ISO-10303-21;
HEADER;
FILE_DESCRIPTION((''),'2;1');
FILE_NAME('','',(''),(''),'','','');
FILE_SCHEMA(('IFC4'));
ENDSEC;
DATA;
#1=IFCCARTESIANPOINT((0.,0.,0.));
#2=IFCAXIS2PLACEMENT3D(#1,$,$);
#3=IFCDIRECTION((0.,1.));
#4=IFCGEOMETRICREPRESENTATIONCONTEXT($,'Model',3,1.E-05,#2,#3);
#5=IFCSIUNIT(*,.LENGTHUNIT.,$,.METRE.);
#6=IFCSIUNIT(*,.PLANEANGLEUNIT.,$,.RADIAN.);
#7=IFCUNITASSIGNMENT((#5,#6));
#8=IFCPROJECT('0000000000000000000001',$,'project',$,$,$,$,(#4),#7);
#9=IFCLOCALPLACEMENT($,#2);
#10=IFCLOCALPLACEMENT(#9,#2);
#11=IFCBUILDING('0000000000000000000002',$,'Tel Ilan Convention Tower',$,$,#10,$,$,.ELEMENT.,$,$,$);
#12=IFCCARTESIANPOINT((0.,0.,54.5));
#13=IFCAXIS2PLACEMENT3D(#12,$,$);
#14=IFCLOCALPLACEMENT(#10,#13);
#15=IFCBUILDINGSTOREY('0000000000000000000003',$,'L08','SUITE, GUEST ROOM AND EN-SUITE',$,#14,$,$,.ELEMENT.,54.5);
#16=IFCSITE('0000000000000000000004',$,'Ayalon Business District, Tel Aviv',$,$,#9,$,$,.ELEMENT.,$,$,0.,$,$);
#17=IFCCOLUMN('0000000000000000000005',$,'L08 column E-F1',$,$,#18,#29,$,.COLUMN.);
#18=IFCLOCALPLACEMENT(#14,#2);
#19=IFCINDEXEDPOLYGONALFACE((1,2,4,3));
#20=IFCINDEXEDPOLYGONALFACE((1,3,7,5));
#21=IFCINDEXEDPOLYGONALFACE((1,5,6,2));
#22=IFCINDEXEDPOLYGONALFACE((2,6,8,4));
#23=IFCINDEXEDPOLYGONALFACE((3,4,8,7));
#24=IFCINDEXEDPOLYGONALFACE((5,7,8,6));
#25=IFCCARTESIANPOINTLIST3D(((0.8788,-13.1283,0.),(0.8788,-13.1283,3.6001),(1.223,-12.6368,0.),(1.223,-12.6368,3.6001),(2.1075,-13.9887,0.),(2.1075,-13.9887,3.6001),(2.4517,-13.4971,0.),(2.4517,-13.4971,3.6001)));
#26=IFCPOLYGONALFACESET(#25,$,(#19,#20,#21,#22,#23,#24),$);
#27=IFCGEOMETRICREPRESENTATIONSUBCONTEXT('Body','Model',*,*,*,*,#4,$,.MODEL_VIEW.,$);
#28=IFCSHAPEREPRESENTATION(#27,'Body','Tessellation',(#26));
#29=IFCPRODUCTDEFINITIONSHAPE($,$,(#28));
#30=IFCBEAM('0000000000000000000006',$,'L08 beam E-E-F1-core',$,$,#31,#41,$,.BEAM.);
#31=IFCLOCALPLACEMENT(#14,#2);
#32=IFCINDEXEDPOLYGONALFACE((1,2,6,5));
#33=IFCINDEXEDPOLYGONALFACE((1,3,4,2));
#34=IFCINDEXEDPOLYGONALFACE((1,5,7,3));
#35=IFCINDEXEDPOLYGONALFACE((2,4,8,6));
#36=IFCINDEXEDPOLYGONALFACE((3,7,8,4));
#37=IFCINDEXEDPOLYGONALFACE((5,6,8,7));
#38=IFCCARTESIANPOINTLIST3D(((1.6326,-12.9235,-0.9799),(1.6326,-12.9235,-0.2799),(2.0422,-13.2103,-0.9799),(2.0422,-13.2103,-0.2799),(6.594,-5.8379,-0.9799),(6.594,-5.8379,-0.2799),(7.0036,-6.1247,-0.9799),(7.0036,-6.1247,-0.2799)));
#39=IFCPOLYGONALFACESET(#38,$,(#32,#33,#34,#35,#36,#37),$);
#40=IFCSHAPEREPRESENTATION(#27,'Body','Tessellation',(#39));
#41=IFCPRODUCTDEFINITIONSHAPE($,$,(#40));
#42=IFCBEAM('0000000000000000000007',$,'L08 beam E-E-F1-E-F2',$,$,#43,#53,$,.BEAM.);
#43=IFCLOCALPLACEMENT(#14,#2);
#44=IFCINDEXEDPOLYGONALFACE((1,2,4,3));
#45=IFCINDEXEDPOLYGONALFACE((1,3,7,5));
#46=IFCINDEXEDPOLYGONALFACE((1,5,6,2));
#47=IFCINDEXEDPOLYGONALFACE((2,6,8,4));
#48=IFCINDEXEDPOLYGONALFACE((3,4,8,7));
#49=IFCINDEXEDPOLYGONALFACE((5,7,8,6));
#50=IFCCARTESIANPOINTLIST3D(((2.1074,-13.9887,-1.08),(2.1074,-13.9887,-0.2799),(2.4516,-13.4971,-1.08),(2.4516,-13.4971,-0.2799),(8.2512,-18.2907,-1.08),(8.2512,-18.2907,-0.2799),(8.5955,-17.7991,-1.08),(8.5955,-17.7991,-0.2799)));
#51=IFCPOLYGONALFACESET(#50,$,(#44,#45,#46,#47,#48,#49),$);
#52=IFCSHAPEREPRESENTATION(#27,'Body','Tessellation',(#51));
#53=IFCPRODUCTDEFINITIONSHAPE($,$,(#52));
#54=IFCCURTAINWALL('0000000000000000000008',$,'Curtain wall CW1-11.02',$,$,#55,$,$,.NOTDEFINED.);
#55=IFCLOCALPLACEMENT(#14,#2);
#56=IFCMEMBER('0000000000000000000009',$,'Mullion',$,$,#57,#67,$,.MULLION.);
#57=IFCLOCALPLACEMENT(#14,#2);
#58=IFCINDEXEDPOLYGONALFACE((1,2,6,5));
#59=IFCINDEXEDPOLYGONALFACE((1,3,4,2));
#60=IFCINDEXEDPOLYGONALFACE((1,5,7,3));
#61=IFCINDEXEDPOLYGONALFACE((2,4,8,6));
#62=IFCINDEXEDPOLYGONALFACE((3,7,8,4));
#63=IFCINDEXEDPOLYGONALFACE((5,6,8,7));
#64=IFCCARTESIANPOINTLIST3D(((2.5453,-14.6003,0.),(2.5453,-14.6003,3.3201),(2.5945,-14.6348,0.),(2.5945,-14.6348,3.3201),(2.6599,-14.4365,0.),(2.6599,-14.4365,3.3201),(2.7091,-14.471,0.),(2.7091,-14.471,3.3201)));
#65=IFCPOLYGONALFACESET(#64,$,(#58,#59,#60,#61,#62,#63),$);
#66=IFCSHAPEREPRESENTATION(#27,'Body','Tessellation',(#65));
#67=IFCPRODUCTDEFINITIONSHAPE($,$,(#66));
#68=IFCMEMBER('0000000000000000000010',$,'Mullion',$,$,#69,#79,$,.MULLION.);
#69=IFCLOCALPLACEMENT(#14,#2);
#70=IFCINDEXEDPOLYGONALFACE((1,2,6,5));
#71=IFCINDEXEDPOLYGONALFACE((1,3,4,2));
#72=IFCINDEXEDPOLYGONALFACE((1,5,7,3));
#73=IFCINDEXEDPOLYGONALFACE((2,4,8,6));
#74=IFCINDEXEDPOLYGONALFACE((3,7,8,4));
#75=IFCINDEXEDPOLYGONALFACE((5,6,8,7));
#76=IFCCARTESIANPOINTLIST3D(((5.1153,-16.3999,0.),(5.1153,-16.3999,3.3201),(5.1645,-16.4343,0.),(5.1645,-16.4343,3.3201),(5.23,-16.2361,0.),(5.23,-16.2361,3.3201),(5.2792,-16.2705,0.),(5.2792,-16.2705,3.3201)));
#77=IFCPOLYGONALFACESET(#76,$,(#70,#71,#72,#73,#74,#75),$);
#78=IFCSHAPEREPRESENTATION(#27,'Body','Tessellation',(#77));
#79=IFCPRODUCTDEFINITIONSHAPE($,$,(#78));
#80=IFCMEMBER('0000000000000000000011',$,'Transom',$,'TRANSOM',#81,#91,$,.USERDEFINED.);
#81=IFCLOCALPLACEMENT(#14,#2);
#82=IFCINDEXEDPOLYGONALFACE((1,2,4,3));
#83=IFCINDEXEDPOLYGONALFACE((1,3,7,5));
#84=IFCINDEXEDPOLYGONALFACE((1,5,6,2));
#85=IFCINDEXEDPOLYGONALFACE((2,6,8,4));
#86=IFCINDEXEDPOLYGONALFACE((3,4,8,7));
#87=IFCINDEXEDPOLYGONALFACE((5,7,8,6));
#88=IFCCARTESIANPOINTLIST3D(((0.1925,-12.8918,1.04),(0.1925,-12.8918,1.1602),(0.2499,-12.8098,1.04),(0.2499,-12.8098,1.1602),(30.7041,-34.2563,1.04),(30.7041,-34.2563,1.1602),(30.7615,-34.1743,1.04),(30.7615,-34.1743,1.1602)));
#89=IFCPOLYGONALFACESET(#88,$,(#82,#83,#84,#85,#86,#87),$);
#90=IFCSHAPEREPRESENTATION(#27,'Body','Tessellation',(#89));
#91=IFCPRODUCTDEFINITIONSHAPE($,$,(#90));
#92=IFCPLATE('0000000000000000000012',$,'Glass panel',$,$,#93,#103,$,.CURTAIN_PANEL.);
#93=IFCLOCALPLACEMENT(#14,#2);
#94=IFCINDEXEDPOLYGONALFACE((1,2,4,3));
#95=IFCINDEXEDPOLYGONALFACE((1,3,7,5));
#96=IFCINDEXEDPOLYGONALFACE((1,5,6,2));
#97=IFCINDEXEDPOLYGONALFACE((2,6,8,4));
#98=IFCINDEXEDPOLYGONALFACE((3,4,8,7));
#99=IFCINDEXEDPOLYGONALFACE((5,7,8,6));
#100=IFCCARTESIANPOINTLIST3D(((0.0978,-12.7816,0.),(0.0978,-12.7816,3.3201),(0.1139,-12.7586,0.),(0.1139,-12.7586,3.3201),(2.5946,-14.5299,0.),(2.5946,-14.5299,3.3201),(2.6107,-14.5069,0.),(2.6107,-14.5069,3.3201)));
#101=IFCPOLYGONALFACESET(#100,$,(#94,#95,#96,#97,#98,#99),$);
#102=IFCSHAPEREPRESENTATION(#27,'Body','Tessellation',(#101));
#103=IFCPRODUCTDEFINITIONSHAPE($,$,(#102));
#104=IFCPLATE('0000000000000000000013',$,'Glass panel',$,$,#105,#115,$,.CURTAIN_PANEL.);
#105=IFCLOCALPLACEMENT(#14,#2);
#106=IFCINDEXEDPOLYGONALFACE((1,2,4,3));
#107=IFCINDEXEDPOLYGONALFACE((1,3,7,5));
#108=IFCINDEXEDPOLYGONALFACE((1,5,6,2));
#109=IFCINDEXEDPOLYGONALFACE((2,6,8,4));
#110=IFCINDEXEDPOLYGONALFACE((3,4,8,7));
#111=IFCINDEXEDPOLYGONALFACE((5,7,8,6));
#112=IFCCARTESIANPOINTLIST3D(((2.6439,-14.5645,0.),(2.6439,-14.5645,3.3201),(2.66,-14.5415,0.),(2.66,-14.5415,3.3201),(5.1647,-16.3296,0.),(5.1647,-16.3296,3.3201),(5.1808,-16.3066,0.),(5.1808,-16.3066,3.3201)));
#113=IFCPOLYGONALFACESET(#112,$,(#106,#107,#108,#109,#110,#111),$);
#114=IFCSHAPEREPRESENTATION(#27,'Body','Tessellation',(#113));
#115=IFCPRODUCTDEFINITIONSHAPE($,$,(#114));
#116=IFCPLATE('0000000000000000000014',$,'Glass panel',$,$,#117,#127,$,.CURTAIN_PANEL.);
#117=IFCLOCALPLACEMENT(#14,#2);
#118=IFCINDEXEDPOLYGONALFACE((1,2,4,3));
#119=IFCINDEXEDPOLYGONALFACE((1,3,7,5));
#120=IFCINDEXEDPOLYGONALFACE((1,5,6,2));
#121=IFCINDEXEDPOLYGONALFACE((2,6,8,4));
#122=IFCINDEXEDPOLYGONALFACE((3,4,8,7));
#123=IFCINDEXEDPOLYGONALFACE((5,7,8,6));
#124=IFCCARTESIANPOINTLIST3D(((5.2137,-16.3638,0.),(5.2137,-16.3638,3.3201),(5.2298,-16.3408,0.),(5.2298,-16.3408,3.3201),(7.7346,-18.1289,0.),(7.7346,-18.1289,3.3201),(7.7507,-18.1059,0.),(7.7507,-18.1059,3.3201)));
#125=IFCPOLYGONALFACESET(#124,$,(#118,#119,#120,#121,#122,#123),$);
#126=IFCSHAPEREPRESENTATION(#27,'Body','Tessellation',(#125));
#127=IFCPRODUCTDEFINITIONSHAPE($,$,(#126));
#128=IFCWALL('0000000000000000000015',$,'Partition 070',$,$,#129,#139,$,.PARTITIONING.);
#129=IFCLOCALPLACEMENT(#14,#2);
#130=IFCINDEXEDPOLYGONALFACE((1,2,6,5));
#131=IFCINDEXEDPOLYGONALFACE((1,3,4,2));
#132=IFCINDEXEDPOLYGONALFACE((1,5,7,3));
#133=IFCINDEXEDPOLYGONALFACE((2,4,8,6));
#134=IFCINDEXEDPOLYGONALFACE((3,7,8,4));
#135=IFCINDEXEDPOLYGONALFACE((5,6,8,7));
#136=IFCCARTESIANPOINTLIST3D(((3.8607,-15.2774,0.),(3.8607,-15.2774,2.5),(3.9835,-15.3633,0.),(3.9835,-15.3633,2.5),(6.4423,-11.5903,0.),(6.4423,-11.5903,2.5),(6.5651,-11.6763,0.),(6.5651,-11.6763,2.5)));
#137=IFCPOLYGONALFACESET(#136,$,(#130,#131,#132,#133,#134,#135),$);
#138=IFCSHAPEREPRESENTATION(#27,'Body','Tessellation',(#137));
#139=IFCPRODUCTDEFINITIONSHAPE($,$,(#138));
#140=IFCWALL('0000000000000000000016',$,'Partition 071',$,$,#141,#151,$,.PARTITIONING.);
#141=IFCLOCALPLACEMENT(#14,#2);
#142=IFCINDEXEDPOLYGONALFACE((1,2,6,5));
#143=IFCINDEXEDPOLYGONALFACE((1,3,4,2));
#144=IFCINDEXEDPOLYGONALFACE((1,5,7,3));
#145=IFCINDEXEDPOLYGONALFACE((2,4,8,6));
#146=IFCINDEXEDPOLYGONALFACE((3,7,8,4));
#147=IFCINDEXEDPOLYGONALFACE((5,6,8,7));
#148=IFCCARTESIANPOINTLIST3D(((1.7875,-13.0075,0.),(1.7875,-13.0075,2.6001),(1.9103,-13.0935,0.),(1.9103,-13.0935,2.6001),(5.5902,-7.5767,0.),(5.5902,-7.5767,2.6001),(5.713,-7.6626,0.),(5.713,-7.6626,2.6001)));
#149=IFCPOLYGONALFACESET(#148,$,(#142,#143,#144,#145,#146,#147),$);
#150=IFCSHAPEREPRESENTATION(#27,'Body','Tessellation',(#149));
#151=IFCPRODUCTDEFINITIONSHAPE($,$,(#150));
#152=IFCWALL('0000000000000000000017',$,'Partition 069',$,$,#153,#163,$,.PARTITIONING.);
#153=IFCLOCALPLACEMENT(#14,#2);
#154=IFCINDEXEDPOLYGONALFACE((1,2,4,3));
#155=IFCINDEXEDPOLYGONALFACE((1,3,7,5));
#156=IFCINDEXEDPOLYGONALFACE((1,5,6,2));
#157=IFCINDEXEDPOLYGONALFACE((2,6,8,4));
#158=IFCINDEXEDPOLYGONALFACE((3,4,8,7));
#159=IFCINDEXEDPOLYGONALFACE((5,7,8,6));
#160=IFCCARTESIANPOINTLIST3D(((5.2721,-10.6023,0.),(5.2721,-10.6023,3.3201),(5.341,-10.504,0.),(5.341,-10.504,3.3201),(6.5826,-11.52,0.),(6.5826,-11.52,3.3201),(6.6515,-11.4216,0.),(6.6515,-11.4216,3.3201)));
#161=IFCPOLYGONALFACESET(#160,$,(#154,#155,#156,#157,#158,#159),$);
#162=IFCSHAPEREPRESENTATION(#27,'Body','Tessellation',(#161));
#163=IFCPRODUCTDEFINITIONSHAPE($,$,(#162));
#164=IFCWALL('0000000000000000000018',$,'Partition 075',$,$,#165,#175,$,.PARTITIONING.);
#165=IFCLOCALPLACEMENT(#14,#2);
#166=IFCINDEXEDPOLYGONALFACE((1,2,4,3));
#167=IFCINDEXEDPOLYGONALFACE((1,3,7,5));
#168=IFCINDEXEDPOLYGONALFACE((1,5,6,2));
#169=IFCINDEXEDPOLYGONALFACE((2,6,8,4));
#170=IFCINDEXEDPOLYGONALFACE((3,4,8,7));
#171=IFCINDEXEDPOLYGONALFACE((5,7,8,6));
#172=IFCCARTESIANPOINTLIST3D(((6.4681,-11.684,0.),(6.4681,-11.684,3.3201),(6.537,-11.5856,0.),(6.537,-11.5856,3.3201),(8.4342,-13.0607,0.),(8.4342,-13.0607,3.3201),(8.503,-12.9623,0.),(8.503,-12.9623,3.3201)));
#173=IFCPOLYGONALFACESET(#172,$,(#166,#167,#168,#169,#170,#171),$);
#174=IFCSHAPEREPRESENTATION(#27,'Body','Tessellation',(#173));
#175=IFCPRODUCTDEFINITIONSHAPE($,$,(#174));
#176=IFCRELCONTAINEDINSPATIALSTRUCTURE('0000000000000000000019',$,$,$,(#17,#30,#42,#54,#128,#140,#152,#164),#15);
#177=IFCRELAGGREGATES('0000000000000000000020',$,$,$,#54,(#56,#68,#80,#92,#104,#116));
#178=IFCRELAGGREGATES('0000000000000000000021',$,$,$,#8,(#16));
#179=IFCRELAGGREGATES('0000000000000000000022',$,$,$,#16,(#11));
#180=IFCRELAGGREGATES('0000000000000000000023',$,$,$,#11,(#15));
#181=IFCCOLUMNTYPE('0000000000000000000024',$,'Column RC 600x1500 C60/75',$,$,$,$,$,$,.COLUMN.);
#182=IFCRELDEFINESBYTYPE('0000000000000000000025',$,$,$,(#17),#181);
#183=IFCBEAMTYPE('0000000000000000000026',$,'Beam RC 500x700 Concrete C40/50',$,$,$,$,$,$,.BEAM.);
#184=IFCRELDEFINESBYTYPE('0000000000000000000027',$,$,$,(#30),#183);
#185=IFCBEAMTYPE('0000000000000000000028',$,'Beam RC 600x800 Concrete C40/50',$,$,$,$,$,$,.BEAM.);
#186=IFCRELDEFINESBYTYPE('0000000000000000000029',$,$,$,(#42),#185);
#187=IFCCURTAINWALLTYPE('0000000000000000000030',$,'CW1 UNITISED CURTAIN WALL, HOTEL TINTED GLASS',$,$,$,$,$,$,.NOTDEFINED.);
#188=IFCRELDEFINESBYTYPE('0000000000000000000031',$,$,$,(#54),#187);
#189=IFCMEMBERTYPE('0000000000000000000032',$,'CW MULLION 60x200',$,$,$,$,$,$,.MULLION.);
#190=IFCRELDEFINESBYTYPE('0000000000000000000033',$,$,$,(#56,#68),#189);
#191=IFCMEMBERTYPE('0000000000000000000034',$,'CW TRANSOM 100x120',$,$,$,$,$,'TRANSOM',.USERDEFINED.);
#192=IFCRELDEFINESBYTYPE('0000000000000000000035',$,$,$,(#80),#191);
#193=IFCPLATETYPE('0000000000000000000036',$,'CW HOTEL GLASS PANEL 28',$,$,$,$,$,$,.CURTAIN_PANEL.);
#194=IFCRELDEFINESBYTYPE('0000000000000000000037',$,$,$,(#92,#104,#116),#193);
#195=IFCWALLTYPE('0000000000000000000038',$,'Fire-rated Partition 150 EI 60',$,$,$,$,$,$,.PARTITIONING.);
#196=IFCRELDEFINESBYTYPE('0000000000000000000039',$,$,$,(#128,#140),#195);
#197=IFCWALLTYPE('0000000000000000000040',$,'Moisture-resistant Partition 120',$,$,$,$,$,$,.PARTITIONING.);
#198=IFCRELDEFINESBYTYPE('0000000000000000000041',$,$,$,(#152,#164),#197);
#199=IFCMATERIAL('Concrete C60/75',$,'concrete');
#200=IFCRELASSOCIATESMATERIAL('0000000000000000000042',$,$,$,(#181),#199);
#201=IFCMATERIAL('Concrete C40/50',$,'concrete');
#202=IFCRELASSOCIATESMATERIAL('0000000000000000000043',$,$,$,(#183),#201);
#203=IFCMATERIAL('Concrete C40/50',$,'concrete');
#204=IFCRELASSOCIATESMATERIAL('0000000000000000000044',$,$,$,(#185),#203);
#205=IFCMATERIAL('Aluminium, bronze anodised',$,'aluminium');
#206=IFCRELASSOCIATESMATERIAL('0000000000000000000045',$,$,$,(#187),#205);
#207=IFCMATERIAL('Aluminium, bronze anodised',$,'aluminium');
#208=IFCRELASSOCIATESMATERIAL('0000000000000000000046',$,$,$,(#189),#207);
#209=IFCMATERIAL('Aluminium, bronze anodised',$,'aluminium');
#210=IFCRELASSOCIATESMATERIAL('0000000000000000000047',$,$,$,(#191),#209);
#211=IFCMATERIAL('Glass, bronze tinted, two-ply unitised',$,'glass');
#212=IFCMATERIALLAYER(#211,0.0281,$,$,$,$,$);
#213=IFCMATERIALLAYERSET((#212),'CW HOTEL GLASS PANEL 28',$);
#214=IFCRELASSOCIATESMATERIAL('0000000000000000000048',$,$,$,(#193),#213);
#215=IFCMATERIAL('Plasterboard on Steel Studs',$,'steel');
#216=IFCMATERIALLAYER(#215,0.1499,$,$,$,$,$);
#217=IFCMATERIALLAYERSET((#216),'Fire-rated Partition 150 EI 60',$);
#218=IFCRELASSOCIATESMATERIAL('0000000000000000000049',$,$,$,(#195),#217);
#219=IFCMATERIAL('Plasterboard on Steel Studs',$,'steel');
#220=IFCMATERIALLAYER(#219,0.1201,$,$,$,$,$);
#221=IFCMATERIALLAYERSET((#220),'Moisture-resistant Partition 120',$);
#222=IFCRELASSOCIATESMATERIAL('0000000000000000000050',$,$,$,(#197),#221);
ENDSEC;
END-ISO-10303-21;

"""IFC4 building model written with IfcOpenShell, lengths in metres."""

from ifc_helpers import new_model, si_unit, direction, frame, frame_2d, origin, origin_2d, place, context, subcontext, project, spatial, rectangle, extrude, material, layer, layer_set, material_profile, profile_set, type_object, element, aggregate, save


model = new_model("IFC4")

# Units and contexts
model_context = context("Model", 3, precision=1e-05, world=origin(), true_north=direction((0.0, 1.0)))
body_context = subcontext(model_context, "Body", "Model", "MODEL_VIEW")
ifc_project = project(units=[si_unit("LENGTHUNIT", "METRE"), si_unit("PLANEANGLEUNIT", "RADIAN")], contexts=[model_context])

# Site, building, storey
site_placement = place(None, origin())
site = spatial("IfcSite", under=ifc_project, at=site_placement, Name="Ayalon Business District, Tel Aviv", CompositionType="ELEMENT", RefElevation=0.0)
building_placement = place(site_placement, origin())
building = spatial("IfcBuilding", under=site, at=building_placement, Name="Tel Ilan Convention Tower", CompositionType="ELEMENT")
storey_placement = place(building_placement, frame((0.0, 0.0, 54.5)))
storey = spatial("IfcBuildingStorey", under=building, at=storey_placement, Name="L08", Description="SUITE, GUEST ROOM AND EN-SUITE", CompositionType="ELEMENT", Elevation=54.5)

# Column
ifc_material_1 = material(Name="Concrete C60/75", Category="concrete")
ifc_material_profile_1 = material_profile(ifc_material_1, rectangle(XDim=1.5, YDim=0.6001, at=origin_2d()), Name="RC 600x1500")
ifc_profile_set_1 = profile_set([ifc_material_profile_1], Name="Concrete C60/75")
column_type = type_object("IfcColumnType", Name="Column RC 600x1500 C60/75", PredefinedType="COLUMN", material=ifc_profile_set_1)
column_placement = place(storey_placement, frame((1.6653, -13.3127, 0.0), z_axis=(0.0, 0.0, 1.0), x_axis=(0.819152, -0.573576, 0.0)))
element("IfcColumn", 1, at=column_placement, inside=storey, type_object=column_type, Name="L08 column E-F1", PredefinedType="COLUMN", context=body_context, shape_type="SweptSolid", body=[
    extrude(rectangle(XDim=1.5, YDim=0.6001, at=origin_2d()), origin(), (0.0, 0.0, 1.0), 3.6001),
])

# Beams
ifc_material_2 = material(Name="Concrete C40/50", Category="concrete")
ifc_material_profile_2 = material_profile(ifc_material_2, rectangle(XDim=0.5, YDim=0.7, at=origin_2d()), Name="RC 500x700")
ifc_profile_set_2 = profile_set([ifc_material_profile_2], Name="Concrete C40/50")
beam_type_1 = type_object("IfcBeamType", Name="Beam RC 500x700 Concrete C40/50", PredefinedType="BEAM", material=ifc_profile_set_2)
beam_1_placement = place(storey_placement, frame((1.8374, -13.0669, -0.6299), z_axis=(0.573574, 0.819154, 0.0), x_axis=(-0.819154, 0.573574, 0.0)))
element("IfcBeam", 2, at=beam_1_placement, inside=storey, type_object=beam_type_1, Name="L08 beam E-E-F1-core", PredefinedType="BEAM", context=body_context, shape_type="SweptSolid", body=[
    extrude(rectangle(XDim=0.5, YDim=0.7, at=origin_2d()), origin(), (0.0, 0.0, 1.0), 8.6499),
])
ifc_material_3 = material(Name="Concrete C40/50", Category="concrete")
ifc_material_profile_3 = material_profile(ifc_material_3, rectangle(XDim=0.6001, YDim=0.8, at=origin_2d()), Name="RC 600x800")
ifc_profile_set_3 = profile_set([ifc_material_profile_3], Name="Concrete C40/50")
beam_type_2 = type_object("IfcBeamType", Name="Beam RC 600x800 Concrete C40/50", PredefinedType="BEAM", material=ifc_profile_set_3)
beam_2_placement = place(storey_placement, frame((2.2795, -13.7429, -0.6799), z_axis=(0.819148, -0.573582, 0.0), x_axis=(0.573582, 0.819148, 0.0)))
element("IfcBeam", 3, at=beam_2_placement, inside=storey, type_object=beam_type_2, Name="L08 beam E-E-F1-E-F2", PredefinedType="BEAM", context=body_context, shape_type="SweptSolid", body=[
    extrude(rectangle(XDim=0.6001, YDim=0.8, at=origin_2d()), origin(), (0.0, 0.0, 1.0), 7.5002),
])

# Curtain wall, members, plates
ifc_material_4 = material(Name="Aluminium, bronze anodised", Category="aluminium")
curtain_wall_type = type_object("IfcCurtainWallType", Name="CW1 UNITISED CURTAIN WALL, HOTEL TINTED GLASS", PredefinedType="NOTDEFINED", material=ifc_material_4)
curtain_wall_placement = place(storey_placement, origin())
curtain_wall = element("IfcCurtainWall", 4, at=curtain_wall_placement, inside=storey, type_object=curtain_wall_type, Name="Curtain wall CW1-11.02", PredefinedType="NOTDEFINED")
ifc_material_5 = material(Name="Aluminium, bronze anodised", Category="aluminium")
ifc_material_profile_4 = material_profile(ifc_material_5, rectangle(XDim=0.0601, YDim=0.2, at=origin_2d()), Name="CW MULLION 60x200")
ifc_profile_set_4 = profile_set([ifc_material_profile_4], Name="Aluminium, bronze anodised")
member_type_1 = type_object("IfcMemberType", Name="CW MULLION 60x200", PredefinedType="MULLION", material=ifc_profile_set_4)
member_1_placement = place(storey_placement, frame((2.6272, -14.5356, 0.0), z_axis=(0.0, 0.0, 1.0), x_axis=(0.819152, -0.573576, 0.0)))
member_1 = element("IfcMember", 5, at=member_1_placement, type_object=member_type_1, Name="Mullion", PredefinedType="MULLION", context=body_context, shape_type="SweptSolid", body=[
    extrude(rectangle(XDim=0.0601, YDim=0.2, at=origin_2d()), origin(), (0.0, 0.0, 1.0), 3.3201),
])
member_2_placement = place(storey_placement, frame((5.1973, -16.3352, 0.0), z_axis=(0.0, 0.0, 1.0), x_axis=(0.819152, -0.573576, 0.0)))
member_2 = element("IfcMember", 6, at=member_2_placement, type_object=member_type_1, Name="Mullion", PredefinedType="MULLION", context=body_context, shape_type="SweptSolid", body=[
    extrude(rectangle(XDim=0.0601, YDim=0.2, at=origin_2d()), origin(), (0.0, 0.0, 1.0), 3.3201),
])
ifc_material_6 = material(Name="Aluminium, bronze anodised", Category="aluminium")
ifc_material_profile_5 = material_profile(ifc_material_6, rectangle(XDim=0.1001, YDim=0.1201, at=origin_2d()), Name="CW TRANSOM 100x120")
ifc_profile_set_5 = profile_set([ifc_material_profile_5], Name="Aluminium, bronze anodised")
member_type_2 = type_object("IfcMemberType", Name="CW TRANSOM 100x120", ElementType="TRANSOM", PredefinedType="USERDEFINED", material=ifc_profile_set_5)
member_3_placement = place(storey_placement, frame((0.2212, -12.8508, 1.1001), z_axis=(0.819152, -0.573576, 0.0), x_axis=(0.573576, 0.819152, 0.0)))
member_3 = element("IfcMember", 7, at=member_3_placement, type_object=member_type_2, Name="Transom", ObjectType="TRANSOM", PredefinedType="USERDEFINED", context=body_context, shape_type="SweptSolid", body=[
    extrude(rectangle(XDim=0.1001, YDim=0.1201, at=origin_2d()), origin(), (0.0, 0.0, 1.0), 37.2478),
])
ifc_material_7 = material(Name="Glass, bronze tinted, two-ply unitised", Category="glass")
ifc_layer_1 = layer(ifc_material_7, 0.0281)
ifc_layer_set_1 = layer_set([ifc_layer_1], Name="CW HOTEL GLASS PANEL 28")
plate_type = type_object("IfcPlateType", Name="CW HOTEL GLASS PANEL 28", PredefinedType="CURTAIN_PANEL", material=ifc_layer_set_1)
plate_1_placement = place(storey_placement, frame((1.3542, -13.6443, 0.0), z_axis=(0.0, 0.0, 1.0), x_axis=(0.819152, -0.573576, 0.0)))
plate_1 = element("IfcPlate", 8, at=plate_1_placement, type_object=plate_type, Name="Glass panel", PredefinedType="CURTAIN_PANEL", context=body_context, shape_type="SweptSolid", body=[
    extrude(rectangle(XDim=3.0481, YDim=0.0281, at=origin_2d()), origin(), (0.0, 0.0, 1.0), 3.3201),
])
plate_2_placement = place(storey_placement, frame((3.9124, -15.4355, 0.0), z_axis=(0.0, 0.0, 1.0), x_axis=(0.819152, -0.573576, 0.0)))
plate_2 = element("IfcPlate", 9, at=plate_2_placement, type_object=plate_type, Name="Glass panel", PredefinedType="CURTAIN_PANEL", context=body_context, shape_type="SweptSolid", body=[
    extrude(rectangle(XDim=3.0774, YDim=0.0281, at=origin_2d()), origin(), (0.0, 0.0, 1.0), 3.3201),
])
plate_3_placement = place(storey_placement, frame((6.4822, -17.2349, 0.0), z_axis=(0.0, 0.0, 1.0), x_axis=(0.819152, -0.573576, 0.0)))
plate_3 = element("IfcPlate", 10, at=plate_3_placement, type_object=plate_type, Name="Glass panel", PredefinedType="CURTAIN_PANEL", context=body_context, shape_type="SweptSolid", body=[
    extrude(rectangle(XDim=3.0774, YDim=0.0281, at=origin_2d()), origin(), (0.0, 0.0, 1.0), 3.3201),
])
aggregate(curtain_wall, [member_1, member_2, member_3, plate_1, plate_2, plate_3])

# Walls
ifc_material_8 = material(Name="Plasterboard on Steel Studs", Category="steel")
ifc_layer_2 = layer(ifc_material_8, 0.1499)
ifc_layer_set_2 = layer_set([ifc_layer_2], Name="Fire-rated Partition 150 EI 60")
wall_type_1 = type_object("IfcWallType", Name="Fire-rated Partition 150 EI 60", PredefinedType="PARTITIONING", material=ifc_layer_set_2)
wall_1_placement = place(storey_placement, frame((6.5037, -11.6333, 0.0), z_axis=(0.0, 0.0, 1.0), x_axis=(-0.573557, -0.819166, 0.0)))
element("IfcWall", 11, at=wall_1_placement, inside=storey, type_object=wall_type_1, Name="Partition 070", PredefinedType="PARTITIONING", context=body_context, shape_type="SweptSolid", body=[
    extrude(rectangle(XDim=4.501, YDim=0.1499, at=frame_2d((2.2505, 0.0))), origin(), (0.0, 0.0, 1.0), 2.5),
])
wall_2_placement = place(storey_placement, frame((1.8489, -13.0505, 0.0), z_axis=(0.0, 0.0, 1.0), x_axis=(0.573574, 0.819154, 0.0)))
element("IfcWall", 12, at=wall_2_placement, inside=storey, type_object=wall_type_1, Name="Partition 071", PredefinedType="PARTITIONING", context=body_context, shape_type="SweptSolid", body=[
    extrude(rectangle(XDim=6.6299, YDim=0.1499, at=frame_2d((3.3149, 0.0))), origin(), (0.0, 0.0, 1.0), 2.6001),
])
ifc_material_9 = material(Name="Plasterboard on Steel Studs", Category="steel")
ifc_layer_3 = layer(ifc_material_9, 0.1201)
ifc_layer_set_3 = layer_set([ifc_layer_3], Name="Moisture-resistant Partition 120")
wall_type_2 = type_object("IfcWallType", Name="Moisture-resistant Partition 120", PredefinedType="PARTITIONING", material=ifc_layer_set_3)
wall_3_placement = place(storey_placement, frame((5.3066, -10.5532, 0.0), z_axis=(0.0, 0.0, 1.0), x_axis=(0.819132, -0.573606, 0.0)))
element("IfcWall", 13, at=wall_3_placement, inside=storey, type_object=wall_type_2, Name="Partition 069", PredefinedType="PARTITIONING", context=body_context, shape_type="SweptSolid", body=[
    extrude(rectangle(XDim=1.5999, YDim=0.1201, at=frame_2d((0.7998, 0.0))), origin(), (0.0, 0.0, 1.0), 3.3201),
])
wall_4_placement = place(storey_placement, frame((6.5024, -11.6348, 0.0), z_axis=(0.0, 0.0, 1.0), x_axis=(0.819141, -0.573592, 0.0)))
element("IfcWall", 14, at=wall_4_placement, inside=storey, type_object=wall_type_2, Name="Partition 075", PredefinedType="PARTITIONING", context=body_context, shape_type="SweptSolid", body=[
    extrude(rectangle(XDim=2.4001, YDim=0.1201, at=frame_2d((1.2002, 0.0))), origin(), (0.0, 0.0, 1.0), 3.3201),
])

save(model, "model.ifc")
